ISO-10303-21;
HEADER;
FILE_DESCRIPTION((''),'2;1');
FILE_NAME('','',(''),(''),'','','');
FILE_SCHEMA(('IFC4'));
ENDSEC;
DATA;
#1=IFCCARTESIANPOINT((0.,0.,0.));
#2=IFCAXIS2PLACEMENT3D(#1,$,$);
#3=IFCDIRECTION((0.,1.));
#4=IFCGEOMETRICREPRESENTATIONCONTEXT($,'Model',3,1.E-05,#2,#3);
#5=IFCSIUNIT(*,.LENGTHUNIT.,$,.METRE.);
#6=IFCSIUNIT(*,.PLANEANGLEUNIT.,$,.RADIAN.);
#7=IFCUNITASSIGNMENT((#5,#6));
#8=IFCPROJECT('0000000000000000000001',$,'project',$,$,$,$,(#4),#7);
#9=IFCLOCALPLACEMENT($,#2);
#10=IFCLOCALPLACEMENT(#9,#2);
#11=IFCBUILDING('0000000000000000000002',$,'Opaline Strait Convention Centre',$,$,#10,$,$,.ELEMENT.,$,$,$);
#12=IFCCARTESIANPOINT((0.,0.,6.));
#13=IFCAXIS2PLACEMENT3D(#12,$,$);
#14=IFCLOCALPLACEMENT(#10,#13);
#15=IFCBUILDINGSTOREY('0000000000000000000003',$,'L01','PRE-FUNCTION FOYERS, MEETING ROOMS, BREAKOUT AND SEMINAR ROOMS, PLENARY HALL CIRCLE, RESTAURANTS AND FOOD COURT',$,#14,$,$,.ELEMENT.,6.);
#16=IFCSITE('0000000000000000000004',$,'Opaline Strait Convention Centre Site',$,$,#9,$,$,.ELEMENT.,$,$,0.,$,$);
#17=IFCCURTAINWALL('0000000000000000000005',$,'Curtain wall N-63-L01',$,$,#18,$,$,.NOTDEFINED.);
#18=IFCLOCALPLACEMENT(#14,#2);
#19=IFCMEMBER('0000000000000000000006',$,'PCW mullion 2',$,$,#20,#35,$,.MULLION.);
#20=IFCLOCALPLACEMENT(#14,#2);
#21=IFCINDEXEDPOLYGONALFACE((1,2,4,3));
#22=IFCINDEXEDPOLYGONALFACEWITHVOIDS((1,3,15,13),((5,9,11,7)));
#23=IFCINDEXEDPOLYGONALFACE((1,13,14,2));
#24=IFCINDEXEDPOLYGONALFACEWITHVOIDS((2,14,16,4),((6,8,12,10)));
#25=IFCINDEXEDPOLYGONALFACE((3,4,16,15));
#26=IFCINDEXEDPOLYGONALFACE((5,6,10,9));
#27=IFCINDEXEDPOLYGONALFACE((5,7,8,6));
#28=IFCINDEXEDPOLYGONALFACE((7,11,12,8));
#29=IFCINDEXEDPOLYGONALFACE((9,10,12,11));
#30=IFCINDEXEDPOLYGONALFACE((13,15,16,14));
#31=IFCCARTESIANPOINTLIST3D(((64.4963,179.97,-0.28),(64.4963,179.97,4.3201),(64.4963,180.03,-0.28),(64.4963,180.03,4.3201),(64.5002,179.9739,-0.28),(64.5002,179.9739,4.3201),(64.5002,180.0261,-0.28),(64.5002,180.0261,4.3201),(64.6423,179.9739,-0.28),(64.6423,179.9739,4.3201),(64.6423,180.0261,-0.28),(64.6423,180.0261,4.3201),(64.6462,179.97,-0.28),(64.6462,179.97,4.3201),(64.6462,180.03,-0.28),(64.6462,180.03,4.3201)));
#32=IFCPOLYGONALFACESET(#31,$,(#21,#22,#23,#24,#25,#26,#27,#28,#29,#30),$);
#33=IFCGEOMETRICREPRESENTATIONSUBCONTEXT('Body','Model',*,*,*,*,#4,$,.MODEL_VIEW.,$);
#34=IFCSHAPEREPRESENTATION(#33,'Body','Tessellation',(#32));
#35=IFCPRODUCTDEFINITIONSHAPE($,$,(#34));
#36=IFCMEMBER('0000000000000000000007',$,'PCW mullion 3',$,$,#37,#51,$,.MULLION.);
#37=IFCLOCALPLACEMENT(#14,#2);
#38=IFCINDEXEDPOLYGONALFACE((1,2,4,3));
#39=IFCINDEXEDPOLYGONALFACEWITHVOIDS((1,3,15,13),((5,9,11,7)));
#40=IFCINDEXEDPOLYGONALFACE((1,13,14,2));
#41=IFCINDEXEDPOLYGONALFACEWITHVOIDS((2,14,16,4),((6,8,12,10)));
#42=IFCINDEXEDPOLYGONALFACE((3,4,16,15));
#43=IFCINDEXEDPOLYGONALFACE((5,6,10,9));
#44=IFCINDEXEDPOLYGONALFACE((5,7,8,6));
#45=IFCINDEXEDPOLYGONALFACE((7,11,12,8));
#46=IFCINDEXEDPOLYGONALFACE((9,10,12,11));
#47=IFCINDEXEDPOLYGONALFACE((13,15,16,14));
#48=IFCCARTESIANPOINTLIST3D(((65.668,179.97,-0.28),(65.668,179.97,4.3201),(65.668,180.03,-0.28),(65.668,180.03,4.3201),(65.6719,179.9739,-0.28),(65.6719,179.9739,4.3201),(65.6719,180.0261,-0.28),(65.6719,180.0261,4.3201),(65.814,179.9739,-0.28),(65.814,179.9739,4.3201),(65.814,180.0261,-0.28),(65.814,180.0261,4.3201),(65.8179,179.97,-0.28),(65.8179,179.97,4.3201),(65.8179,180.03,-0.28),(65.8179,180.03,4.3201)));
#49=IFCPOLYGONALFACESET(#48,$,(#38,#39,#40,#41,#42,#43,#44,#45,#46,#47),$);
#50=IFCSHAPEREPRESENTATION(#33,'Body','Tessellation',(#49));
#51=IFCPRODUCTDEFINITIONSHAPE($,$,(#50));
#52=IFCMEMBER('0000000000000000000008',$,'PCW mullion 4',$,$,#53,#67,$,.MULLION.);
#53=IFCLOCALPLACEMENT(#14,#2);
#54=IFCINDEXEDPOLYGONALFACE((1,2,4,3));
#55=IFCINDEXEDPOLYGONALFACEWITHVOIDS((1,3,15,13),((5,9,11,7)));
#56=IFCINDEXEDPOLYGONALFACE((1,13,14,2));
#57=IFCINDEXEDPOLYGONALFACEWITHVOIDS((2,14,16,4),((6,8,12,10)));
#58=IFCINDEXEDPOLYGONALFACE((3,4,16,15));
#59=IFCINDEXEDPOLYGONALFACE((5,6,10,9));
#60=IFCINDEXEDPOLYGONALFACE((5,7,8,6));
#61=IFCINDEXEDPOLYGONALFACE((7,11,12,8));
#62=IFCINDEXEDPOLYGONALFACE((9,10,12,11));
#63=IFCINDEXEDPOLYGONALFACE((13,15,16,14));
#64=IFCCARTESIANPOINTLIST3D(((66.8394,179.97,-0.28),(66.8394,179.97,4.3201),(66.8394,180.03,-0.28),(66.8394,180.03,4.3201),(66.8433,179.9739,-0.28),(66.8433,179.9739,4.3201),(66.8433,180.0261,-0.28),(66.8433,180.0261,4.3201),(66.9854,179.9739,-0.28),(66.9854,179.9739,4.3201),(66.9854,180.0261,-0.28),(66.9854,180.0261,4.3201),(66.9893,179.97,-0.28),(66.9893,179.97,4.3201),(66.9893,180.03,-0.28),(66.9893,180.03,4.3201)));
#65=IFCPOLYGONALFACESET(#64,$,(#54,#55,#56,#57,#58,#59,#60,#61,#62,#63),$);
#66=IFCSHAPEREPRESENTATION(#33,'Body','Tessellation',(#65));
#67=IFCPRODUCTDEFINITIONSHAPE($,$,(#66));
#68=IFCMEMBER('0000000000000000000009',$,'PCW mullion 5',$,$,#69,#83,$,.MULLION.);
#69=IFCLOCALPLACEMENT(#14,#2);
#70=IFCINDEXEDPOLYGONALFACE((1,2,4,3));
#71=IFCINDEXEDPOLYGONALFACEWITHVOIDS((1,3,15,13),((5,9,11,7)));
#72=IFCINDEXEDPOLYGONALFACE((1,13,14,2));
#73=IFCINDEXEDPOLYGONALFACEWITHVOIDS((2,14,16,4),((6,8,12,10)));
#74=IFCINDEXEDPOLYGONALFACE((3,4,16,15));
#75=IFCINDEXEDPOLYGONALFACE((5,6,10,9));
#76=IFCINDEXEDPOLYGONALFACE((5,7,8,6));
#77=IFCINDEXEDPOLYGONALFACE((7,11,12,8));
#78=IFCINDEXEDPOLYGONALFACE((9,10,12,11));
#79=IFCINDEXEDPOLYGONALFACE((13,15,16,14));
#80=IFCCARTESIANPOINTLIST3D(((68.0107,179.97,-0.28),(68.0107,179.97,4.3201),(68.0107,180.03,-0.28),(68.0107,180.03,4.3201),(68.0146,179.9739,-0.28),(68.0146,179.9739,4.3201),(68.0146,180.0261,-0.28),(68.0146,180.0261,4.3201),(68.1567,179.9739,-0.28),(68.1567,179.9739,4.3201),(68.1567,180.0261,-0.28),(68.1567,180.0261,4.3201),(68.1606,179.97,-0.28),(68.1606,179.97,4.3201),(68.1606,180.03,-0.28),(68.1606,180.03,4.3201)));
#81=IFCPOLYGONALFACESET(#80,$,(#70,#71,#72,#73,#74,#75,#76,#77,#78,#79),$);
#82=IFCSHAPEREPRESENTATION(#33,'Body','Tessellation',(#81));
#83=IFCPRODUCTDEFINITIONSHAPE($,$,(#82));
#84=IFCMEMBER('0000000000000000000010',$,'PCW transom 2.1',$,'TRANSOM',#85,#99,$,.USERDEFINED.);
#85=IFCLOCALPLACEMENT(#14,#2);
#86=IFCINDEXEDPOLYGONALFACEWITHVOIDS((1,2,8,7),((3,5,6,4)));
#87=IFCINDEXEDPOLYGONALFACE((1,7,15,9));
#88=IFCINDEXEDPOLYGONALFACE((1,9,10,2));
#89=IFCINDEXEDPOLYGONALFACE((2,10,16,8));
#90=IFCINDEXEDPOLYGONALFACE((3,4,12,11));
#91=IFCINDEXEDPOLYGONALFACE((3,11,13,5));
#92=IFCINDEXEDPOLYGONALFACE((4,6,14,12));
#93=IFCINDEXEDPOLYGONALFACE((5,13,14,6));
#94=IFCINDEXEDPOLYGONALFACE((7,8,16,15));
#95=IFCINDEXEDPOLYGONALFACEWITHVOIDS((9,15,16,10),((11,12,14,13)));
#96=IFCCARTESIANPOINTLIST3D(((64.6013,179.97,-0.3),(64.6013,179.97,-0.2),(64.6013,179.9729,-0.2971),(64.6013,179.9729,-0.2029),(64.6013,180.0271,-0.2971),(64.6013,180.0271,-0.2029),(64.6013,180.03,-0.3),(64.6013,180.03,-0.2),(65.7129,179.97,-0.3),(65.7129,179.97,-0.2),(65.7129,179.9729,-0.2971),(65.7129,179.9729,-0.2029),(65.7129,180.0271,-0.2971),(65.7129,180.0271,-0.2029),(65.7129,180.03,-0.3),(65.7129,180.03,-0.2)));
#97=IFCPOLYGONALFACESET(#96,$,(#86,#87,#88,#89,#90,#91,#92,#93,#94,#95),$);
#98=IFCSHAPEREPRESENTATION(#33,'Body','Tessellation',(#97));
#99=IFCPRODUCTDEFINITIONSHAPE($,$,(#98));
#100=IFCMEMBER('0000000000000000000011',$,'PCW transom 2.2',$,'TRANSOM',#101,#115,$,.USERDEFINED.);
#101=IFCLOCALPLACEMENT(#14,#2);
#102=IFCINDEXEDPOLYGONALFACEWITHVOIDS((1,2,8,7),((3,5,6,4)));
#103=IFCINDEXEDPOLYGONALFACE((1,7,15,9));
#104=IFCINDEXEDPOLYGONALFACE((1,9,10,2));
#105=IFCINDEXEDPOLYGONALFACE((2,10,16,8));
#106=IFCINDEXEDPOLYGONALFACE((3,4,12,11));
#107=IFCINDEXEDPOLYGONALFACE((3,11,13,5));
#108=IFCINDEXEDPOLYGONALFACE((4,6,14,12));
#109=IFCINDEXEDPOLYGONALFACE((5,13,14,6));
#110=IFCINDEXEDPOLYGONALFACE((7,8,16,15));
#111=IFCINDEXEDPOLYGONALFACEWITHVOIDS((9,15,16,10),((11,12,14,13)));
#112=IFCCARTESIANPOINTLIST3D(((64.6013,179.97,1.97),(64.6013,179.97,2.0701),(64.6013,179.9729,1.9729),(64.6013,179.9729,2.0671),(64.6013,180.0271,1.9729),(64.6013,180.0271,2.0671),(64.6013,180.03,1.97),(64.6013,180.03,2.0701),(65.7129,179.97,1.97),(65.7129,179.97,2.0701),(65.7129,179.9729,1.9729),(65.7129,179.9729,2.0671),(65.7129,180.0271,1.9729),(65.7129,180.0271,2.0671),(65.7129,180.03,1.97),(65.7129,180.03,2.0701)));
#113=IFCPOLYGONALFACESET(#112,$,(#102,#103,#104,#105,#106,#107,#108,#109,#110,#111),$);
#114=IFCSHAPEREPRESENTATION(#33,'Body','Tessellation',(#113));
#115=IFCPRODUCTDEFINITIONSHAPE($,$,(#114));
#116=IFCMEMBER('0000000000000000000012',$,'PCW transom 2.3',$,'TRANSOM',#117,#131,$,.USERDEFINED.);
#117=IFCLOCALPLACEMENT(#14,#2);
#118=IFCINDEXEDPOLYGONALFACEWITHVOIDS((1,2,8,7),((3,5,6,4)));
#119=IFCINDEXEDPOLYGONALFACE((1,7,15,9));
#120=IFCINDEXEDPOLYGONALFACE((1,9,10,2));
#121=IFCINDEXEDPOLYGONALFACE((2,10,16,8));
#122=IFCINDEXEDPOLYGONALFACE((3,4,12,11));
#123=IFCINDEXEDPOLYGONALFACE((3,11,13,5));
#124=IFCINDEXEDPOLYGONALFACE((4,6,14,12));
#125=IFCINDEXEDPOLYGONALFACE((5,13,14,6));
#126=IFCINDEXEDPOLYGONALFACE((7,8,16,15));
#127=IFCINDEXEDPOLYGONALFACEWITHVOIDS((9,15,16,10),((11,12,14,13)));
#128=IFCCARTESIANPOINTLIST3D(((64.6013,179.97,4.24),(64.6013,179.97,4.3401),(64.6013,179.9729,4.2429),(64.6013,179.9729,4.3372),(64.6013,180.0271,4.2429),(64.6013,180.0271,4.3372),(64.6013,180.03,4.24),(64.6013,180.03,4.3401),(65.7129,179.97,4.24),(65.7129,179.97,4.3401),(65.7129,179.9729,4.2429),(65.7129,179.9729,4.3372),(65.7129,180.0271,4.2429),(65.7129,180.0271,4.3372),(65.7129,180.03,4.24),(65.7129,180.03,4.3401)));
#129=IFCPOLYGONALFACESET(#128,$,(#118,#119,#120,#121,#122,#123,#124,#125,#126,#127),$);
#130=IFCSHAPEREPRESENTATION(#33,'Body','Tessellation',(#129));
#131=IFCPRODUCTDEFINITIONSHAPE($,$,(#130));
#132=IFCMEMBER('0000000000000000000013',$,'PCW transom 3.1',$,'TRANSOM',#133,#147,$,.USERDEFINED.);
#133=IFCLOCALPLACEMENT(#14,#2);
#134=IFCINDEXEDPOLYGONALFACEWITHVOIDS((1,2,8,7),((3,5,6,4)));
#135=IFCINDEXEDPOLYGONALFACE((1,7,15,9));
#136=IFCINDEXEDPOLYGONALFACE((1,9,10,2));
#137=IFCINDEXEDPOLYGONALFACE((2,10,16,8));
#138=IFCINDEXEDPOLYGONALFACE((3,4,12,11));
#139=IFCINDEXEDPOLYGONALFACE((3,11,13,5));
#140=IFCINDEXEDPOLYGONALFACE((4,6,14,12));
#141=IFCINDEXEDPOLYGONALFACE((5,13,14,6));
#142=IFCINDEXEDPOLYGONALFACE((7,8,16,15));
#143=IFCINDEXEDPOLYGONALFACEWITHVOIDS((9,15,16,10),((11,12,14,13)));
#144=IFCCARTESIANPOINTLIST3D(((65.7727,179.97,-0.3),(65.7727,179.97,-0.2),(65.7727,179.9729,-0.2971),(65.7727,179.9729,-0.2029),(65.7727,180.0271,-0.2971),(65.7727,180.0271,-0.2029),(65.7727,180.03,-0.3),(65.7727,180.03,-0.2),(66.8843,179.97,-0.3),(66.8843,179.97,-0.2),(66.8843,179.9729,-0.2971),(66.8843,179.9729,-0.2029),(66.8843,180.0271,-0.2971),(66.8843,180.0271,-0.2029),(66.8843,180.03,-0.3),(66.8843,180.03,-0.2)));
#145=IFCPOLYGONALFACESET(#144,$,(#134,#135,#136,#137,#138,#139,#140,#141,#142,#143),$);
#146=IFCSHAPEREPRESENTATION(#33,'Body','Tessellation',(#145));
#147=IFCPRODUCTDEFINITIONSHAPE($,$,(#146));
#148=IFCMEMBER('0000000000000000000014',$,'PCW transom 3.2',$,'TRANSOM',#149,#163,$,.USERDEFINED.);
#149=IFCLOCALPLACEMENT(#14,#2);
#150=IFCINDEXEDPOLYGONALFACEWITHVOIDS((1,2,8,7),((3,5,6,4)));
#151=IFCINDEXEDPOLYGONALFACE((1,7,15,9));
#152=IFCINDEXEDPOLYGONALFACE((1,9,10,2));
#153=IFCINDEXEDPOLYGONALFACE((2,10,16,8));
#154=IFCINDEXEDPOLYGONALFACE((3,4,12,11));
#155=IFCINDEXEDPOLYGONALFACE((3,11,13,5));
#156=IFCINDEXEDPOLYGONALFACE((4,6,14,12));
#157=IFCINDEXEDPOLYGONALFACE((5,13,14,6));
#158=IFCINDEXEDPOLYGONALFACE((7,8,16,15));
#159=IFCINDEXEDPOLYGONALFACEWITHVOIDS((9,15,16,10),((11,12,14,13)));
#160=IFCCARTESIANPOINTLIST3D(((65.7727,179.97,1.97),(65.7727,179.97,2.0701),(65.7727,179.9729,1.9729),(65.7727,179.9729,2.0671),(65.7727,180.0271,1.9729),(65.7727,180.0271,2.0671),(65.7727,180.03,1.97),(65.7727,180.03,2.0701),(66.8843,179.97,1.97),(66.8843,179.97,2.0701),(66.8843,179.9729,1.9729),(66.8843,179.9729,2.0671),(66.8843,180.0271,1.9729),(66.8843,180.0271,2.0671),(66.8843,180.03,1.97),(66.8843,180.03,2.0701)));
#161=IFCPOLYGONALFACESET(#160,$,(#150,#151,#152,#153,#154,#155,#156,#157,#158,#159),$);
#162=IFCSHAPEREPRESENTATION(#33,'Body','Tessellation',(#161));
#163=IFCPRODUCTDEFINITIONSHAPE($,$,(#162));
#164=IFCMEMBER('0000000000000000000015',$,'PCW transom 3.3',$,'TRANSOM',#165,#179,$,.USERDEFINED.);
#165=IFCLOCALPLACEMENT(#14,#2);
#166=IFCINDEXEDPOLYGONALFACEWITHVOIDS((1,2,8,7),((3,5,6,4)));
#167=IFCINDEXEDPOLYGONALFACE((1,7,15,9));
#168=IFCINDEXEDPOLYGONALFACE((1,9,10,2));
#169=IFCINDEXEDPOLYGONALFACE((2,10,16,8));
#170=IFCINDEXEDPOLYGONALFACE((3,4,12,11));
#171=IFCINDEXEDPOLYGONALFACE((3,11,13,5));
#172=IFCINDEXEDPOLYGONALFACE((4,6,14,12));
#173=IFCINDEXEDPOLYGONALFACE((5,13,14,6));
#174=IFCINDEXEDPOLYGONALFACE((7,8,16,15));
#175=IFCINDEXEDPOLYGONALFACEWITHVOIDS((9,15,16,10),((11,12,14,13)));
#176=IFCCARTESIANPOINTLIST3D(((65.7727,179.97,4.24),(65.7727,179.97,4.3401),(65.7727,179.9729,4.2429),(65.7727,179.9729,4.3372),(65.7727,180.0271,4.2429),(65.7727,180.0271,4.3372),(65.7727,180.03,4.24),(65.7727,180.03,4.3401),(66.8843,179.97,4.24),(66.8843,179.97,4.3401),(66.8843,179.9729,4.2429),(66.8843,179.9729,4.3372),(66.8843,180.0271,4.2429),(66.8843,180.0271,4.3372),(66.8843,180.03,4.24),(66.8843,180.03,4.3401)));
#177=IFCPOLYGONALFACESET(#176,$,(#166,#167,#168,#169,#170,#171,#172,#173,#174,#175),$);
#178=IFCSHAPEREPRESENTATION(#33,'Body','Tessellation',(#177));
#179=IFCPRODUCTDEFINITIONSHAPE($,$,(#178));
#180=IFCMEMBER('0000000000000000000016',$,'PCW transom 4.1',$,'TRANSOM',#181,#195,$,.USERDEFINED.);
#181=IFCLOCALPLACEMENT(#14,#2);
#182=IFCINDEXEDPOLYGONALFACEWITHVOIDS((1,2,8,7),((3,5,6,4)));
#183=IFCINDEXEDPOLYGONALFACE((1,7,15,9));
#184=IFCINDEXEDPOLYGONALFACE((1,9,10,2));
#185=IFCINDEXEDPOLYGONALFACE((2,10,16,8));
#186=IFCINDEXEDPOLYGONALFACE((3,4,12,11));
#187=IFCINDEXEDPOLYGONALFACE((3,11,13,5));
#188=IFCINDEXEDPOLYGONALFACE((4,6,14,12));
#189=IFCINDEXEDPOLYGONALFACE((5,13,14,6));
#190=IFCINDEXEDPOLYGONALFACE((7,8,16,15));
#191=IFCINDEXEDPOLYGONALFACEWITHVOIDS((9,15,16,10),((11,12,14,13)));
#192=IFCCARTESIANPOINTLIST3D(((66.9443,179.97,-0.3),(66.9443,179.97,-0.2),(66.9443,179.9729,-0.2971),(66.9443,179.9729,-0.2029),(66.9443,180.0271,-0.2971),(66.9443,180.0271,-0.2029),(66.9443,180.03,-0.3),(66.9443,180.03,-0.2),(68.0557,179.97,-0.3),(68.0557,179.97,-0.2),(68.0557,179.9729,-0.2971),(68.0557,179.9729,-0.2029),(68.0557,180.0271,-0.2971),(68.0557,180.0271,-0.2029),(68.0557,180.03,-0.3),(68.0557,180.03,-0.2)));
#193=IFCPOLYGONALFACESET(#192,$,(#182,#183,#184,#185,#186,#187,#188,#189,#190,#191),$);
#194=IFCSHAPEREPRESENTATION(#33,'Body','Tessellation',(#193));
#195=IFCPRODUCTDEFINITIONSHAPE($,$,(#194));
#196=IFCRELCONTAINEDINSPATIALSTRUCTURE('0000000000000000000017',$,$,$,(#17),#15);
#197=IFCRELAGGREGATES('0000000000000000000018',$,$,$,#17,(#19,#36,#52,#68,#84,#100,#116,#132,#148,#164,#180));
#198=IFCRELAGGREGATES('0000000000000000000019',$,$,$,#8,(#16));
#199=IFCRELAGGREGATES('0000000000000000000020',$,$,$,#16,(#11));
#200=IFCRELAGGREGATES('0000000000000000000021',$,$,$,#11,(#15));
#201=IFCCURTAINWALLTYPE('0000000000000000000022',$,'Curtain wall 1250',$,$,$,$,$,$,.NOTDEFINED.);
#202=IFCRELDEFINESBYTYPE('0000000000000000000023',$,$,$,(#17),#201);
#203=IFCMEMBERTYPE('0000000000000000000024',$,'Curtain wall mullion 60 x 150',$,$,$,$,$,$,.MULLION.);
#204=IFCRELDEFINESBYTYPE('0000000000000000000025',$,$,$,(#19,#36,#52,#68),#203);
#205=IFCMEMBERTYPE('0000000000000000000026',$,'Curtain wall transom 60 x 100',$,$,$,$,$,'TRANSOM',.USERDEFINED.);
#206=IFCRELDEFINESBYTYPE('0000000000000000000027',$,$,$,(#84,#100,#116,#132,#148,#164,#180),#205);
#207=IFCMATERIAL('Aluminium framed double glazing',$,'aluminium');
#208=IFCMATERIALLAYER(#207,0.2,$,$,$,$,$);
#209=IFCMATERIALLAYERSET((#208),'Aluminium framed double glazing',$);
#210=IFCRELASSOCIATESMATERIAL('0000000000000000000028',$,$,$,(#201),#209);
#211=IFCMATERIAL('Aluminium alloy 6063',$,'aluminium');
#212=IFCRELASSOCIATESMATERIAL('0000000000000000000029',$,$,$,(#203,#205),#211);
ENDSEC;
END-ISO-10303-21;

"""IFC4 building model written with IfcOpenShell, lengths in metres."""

from ifc_helpers import new_model, si_unit, direction, frame, origin, origin_2d, place, context, subcontext, project, spatial, hollow_rectangle, extrude, material, layer, layer_set, material_profile, profile_set, type_object, element, aggregate, save


model = new_model("IFC4")

# Units and contexts
model_context = context("Model", 3, precision=1e-05, world=origin(), true_north=direction((0.0, 1.0)))
body_context = subcontext(model_context, "Body", "Model", "MODEL_VIEW")
ifc_project = project(units=[si_unit("LENGTHUNIT", "METRE"), si_unit("PLANEANGLEUNIT", "RADIAN")], contexts=[model_context])

# Site, building, storey
site_placement = place(None, origin())
site = spatial("IfcSite", under=ifc_project, at=site_placement, Name="Opaline Strait Convention Centre Site", CompositionType="ELEMENT", RefElevation=0.0)
building_placement = place(site_placement, origin())
building = spatial("IfcBuilding", under=site, at=building_placement, Name="Opaline Strait Convention Centre", CompositionType="ELEMENT")
storey_placement = place(building_placement, frame((0.0, 0.0, 6.0)))
storey = spatial("IfcBuildingStorey", under=building, at=storey_placement, Name="L01", Description="PRE-FUNCTION FOYERS, MEETING ROOMS, BREAKOUT AND SEMINAR ROOMS, PLENARY HALL CIRCLE, RESTAURANTS AND FOOD COURT", CompositionType="ELEMENT", Elevation=6.0)

# Curtain wall, members
ifc_material_1 = material(Name="Aluminium framed double glazing", Category="aluminium")
ifc_layer_1 = layer(ifc_material_1, 0.2)
ifc_layer_set_1 = layer_set([ifc_layer_1], Name="Aluminium framed double glazing")
curtain_wall_type = type_object("IfcCurtainWallType", Name="Curtain wall 1250", PredefinedType="NOTDEFINED", material=ifc_layer_set_1)
curtain_wall_placement = place(storey_placement, origin())
curtain_wall = element("IfcCurtainWall", 1, at=curtain_wall_placement, inside=storey, type_object=curtain_wall_type, Name="Curtain wall N-63-L01", PredefinedType="NOTDEFINED")
ifc_material_2 = material(Name="Aluminium alloy 6063", Category="aluminium")
ifc_material_profile_1 = material_profile(ifc_material_2, hollow_rectangle(XDim=0.0601, YDim=0.1499, WallThickness=0.0039, at=origin_2d()), Name="MULLION 60x150x4")
ifc_profile_set_1 = profile_set([ifc_material_profile_1], Name="Aluminium alloy 6063")
member_type_1 = type_object("IfcMemberType", Name="Curtain wall mullion 60 x 150", PredefinedType="MULLION", material=ifc_profile_set_1)
member_1_placement = place(storey_placement, frame((64.5713, 180.0, -0.28), z_axis=(0.0, 0.0, 1.0), x_axis=(0.0, 1.0, 0.0)))
member_1 = element("IfcMember", 2, at=member_1_placement, type_object=member_type_1, Name="PCW mullion 2", PredefinedType="MULLION", context=body_context, shape_type="SweptSolid", body=[
    extrude(hollow_rectangle(XDim=0.0601, YDim=0.1499, WallThickness=0.0039, at=origin_2d()), origin(), (0.0, 0.0, 1.0), 4.6001),
])
member_2_placement = place(storey_placement, frame((65.7429, 180.0, -0.28), z_axis=(0.0, 0.0, 1.0), x_axis=(0.0, 1.0, 0.0)))
member_2 = element("IfcMember", 3, at=member_2_placement, type_object=member_type_1, Name="PCW mullion 3", PredefinedType="MULLION", context=body_context, shape_type="SweptSolid", body=[
    extrude(hollow_rectangle(XDim=0.0601, YDim=0.1499, WallThickness=0.0039, at=origin_2d()), origin(), (0.0, 0.0, 1.0), 4.6001),
])
member_3_placement = place(storey_placement, frame((66.9143, 180.0, -0.28), z_axis=(0.0, 0.0, 1.0), x_axis=(0.0, 1.0, 0.0)))
member_3 = element("IfcMember", 4, at=member_3_placement, type_object=member_type_1, Name="PCW mullion 4", PredefinedType="MULLION", context=body_context, shape_type="SweptSolid", body=[
    extrude(hollow_rectangle(XDim=0.0601, YDim=0.1499, WallThickness=0.0039, at=origin_2d()), origin(), (0.0, 0.0, 1.0), 4.6001),
])
member_4_placement = place(storey_placement, frame((68.0857, 180.0, -0.28), z_axis=(0.0, 0.0, 1.0), x_axis=(0.0, 1.0, 0.0)))
member_4 = element("IfcMember", 5, at=member_4_placement, type_object=member_type_1, Name="PCW mullion 5", PredefinedType="MULLION", context=body_context, shape_type="SweptSolid", body=[
    extrude(hollow_rectangle(XDim=0.0601, YDim=0.1499, WallThickness=0.0039, at=origin_2d()), origin(), (0.0, 0.0, 1.0), 4.6001),
])
ifc_material_profile_2 = material_profile(ifc_material_2, hollow_rectangle(XDim=0.0601, YDim=0.1001, WallThickness=0.0029, at=origin_2d()), Name="TRANSOM 60x100x3")
ifc_profile_set_2 = profile_set([ifc_material_profile_2], Name="Aluminium alloy 6063")
member_type_2 = type_object("IfcMemberType", Name="Curtain wall transom 60 x 100", ElementType="TRANSOM", PredefinedType="USERDEFINED", material=ifc_profile_set_2)
member_5_placement = place(storey_placement, frame((64.6013, 180.0, -0.25), z_axis=(1.0, 0.0, 0.0), x_axis=(0.0, 1.0, 0.0)))
member_5 = element("IfcMember", 6, at=member_5_placement, type_object=member_type_2, Name="PCW transom 2.1", ObjectType="TRANSOM", PredefinedType="USERDEFINED", context=body_context, shape_type="SweptSolid", body=[
    extrude(hollow_rectangle(XDim=0.0601, YDim=0.1001, WallThickness=0.0029, at=origin_2d()), origin(), (0.0, 0.0, 1.0), 1.1116),
])
member_6_placement = place(storey_placement, frame((64.6013, 180.0, 2.02), z_axis=(1.0, 0.0, 0.0), x_axis=(0.0, 1.0, 0.0)))
member_6 = element("IfcMember", 7, at=member_6_placement, type_object=member_type_2, Name="PCW transom 2.2", ObjectType="TRANSOM", PredefinedType="USERDEFINED", context=body_context, shape_type="SweptSolid", body=[
    extrude(hollow_rectangle(XDim=0.0601, YDim=0.1001, WallThickness=0.0029, at=origin_2d()), origin(), (0.0, 0.0, 1.0), 1.1116),
])
member_7_placement = place(storey_placement, frame((64.6013, 180.0, 4.29), z_axis=(1.0, 0.0, 0.0), x_axis=(0.0, 1.0, 0.0)))
member_7 = element("IfcMember", 8, at=member_7_placement, type_object=member_type_2, Name="PCW transom 2.3", ObjectType="TRANSOM", PredefinedType="USERDEFINED", context=body_context, shape_type="SweptSolid", body=[
    extrude(hollow_rectangle(XDim=0.0601, YDim=0.1001, WallThickness=0.0029, at=origin_2d()), origin(), (0.0, 0.0, 1.0), 1.1116),
])
member_8_placement = place(storey_placement, frame((65.7727, 180.0, -0.25), z_axis=(1.0, 0.0, 0.0), x_axis=(0.0, 1.0, 0.0)))
member_8 = element("IfcMember", 9, at=member_8_placement, type_object=member_type_2, Name="PCW transom 3.1", ObjectType="TRANSOM", PredefinedType="USERDEFINED", context=body_context, shape_type="SweptSolid", body=[
    extrude(hollow_rectangle(XDim=0.0601, YDim=0.1001, WallThickness=0.0029, at=origin_2d()), origin(), (0.0, 0.0, 1.0), 1.1116),
])
member_9_placement = place(storey_placement, frame((65.7727, 180.0, 2.02), z_axis=(1.0, 0.0, 0.0), x_axis=(0.0, 1.0, 0.0)))
member_9 = element("IfcMember", 10, at=member_9_placement, type_object=member_type_2, Name="PCW transom 3.2", ObjectType="TRANSOM", PredefinedType="USERDEFINED", context=body_context, shape_type="SweptSolid", body=[
    extrude(hollow_rectangle(XDim=0.0601, YDim=0.1001, WallThickness=0.0029, at=origin_2d()), origin(), (0.0, 0.0, 1.0), 1.1116),
])
member_10_placement = place(storey_placement, frame((65.7727, 180.0, 4.29), z_axis=(1.0, 0.0, 0.0), x_axis=(0.0, 1.0, 0.0)))
member_10 = element("IfcMember", 11, at=member_10_placement, type_object=member_type_2, Name="PCW transom 3.3", ObjectType="TRANSOM", PredefinedType="USERDEFINED", context=body_context, shape_type="SweptSolid", body=[
    extrude(hollow_rectangle(XDim=0.0601, YDim=0.1001, WallThickness=0.0029, at=origin_2d()), origin(), (0.0, 0.0, 1.0), 1.1116),
])
member_11_placement = place(storey_placement, frame((66.9443, 180.0, -0.25), z_axis=(1.0, 0.0, 0.0), x_axis=(0.0, 1.0, 0.0)))
member_11 = element("IfcMember", 12, at=member_11_placement, type_object=member_type_2, Name="PCW transom 4.1", ObjectType="TRANSOM", PredefinedType="USERDEFINED", context=body_context, shape_type="SweptSolid", body=[
    extrude(hollow_rectangle(XDim=0.0601, YDim=0.1001, WallThickness=0.0029, at=origin_2d()), origin(), (0.0, 0.0, 1.0), 1.1113),
])
aggregate(curtain_wall, [member_1, member_2, member_3, member_4, member_5, member_6, member_7, member_8, member_9, member_10, member_11])

save(model, "model.ifc")
